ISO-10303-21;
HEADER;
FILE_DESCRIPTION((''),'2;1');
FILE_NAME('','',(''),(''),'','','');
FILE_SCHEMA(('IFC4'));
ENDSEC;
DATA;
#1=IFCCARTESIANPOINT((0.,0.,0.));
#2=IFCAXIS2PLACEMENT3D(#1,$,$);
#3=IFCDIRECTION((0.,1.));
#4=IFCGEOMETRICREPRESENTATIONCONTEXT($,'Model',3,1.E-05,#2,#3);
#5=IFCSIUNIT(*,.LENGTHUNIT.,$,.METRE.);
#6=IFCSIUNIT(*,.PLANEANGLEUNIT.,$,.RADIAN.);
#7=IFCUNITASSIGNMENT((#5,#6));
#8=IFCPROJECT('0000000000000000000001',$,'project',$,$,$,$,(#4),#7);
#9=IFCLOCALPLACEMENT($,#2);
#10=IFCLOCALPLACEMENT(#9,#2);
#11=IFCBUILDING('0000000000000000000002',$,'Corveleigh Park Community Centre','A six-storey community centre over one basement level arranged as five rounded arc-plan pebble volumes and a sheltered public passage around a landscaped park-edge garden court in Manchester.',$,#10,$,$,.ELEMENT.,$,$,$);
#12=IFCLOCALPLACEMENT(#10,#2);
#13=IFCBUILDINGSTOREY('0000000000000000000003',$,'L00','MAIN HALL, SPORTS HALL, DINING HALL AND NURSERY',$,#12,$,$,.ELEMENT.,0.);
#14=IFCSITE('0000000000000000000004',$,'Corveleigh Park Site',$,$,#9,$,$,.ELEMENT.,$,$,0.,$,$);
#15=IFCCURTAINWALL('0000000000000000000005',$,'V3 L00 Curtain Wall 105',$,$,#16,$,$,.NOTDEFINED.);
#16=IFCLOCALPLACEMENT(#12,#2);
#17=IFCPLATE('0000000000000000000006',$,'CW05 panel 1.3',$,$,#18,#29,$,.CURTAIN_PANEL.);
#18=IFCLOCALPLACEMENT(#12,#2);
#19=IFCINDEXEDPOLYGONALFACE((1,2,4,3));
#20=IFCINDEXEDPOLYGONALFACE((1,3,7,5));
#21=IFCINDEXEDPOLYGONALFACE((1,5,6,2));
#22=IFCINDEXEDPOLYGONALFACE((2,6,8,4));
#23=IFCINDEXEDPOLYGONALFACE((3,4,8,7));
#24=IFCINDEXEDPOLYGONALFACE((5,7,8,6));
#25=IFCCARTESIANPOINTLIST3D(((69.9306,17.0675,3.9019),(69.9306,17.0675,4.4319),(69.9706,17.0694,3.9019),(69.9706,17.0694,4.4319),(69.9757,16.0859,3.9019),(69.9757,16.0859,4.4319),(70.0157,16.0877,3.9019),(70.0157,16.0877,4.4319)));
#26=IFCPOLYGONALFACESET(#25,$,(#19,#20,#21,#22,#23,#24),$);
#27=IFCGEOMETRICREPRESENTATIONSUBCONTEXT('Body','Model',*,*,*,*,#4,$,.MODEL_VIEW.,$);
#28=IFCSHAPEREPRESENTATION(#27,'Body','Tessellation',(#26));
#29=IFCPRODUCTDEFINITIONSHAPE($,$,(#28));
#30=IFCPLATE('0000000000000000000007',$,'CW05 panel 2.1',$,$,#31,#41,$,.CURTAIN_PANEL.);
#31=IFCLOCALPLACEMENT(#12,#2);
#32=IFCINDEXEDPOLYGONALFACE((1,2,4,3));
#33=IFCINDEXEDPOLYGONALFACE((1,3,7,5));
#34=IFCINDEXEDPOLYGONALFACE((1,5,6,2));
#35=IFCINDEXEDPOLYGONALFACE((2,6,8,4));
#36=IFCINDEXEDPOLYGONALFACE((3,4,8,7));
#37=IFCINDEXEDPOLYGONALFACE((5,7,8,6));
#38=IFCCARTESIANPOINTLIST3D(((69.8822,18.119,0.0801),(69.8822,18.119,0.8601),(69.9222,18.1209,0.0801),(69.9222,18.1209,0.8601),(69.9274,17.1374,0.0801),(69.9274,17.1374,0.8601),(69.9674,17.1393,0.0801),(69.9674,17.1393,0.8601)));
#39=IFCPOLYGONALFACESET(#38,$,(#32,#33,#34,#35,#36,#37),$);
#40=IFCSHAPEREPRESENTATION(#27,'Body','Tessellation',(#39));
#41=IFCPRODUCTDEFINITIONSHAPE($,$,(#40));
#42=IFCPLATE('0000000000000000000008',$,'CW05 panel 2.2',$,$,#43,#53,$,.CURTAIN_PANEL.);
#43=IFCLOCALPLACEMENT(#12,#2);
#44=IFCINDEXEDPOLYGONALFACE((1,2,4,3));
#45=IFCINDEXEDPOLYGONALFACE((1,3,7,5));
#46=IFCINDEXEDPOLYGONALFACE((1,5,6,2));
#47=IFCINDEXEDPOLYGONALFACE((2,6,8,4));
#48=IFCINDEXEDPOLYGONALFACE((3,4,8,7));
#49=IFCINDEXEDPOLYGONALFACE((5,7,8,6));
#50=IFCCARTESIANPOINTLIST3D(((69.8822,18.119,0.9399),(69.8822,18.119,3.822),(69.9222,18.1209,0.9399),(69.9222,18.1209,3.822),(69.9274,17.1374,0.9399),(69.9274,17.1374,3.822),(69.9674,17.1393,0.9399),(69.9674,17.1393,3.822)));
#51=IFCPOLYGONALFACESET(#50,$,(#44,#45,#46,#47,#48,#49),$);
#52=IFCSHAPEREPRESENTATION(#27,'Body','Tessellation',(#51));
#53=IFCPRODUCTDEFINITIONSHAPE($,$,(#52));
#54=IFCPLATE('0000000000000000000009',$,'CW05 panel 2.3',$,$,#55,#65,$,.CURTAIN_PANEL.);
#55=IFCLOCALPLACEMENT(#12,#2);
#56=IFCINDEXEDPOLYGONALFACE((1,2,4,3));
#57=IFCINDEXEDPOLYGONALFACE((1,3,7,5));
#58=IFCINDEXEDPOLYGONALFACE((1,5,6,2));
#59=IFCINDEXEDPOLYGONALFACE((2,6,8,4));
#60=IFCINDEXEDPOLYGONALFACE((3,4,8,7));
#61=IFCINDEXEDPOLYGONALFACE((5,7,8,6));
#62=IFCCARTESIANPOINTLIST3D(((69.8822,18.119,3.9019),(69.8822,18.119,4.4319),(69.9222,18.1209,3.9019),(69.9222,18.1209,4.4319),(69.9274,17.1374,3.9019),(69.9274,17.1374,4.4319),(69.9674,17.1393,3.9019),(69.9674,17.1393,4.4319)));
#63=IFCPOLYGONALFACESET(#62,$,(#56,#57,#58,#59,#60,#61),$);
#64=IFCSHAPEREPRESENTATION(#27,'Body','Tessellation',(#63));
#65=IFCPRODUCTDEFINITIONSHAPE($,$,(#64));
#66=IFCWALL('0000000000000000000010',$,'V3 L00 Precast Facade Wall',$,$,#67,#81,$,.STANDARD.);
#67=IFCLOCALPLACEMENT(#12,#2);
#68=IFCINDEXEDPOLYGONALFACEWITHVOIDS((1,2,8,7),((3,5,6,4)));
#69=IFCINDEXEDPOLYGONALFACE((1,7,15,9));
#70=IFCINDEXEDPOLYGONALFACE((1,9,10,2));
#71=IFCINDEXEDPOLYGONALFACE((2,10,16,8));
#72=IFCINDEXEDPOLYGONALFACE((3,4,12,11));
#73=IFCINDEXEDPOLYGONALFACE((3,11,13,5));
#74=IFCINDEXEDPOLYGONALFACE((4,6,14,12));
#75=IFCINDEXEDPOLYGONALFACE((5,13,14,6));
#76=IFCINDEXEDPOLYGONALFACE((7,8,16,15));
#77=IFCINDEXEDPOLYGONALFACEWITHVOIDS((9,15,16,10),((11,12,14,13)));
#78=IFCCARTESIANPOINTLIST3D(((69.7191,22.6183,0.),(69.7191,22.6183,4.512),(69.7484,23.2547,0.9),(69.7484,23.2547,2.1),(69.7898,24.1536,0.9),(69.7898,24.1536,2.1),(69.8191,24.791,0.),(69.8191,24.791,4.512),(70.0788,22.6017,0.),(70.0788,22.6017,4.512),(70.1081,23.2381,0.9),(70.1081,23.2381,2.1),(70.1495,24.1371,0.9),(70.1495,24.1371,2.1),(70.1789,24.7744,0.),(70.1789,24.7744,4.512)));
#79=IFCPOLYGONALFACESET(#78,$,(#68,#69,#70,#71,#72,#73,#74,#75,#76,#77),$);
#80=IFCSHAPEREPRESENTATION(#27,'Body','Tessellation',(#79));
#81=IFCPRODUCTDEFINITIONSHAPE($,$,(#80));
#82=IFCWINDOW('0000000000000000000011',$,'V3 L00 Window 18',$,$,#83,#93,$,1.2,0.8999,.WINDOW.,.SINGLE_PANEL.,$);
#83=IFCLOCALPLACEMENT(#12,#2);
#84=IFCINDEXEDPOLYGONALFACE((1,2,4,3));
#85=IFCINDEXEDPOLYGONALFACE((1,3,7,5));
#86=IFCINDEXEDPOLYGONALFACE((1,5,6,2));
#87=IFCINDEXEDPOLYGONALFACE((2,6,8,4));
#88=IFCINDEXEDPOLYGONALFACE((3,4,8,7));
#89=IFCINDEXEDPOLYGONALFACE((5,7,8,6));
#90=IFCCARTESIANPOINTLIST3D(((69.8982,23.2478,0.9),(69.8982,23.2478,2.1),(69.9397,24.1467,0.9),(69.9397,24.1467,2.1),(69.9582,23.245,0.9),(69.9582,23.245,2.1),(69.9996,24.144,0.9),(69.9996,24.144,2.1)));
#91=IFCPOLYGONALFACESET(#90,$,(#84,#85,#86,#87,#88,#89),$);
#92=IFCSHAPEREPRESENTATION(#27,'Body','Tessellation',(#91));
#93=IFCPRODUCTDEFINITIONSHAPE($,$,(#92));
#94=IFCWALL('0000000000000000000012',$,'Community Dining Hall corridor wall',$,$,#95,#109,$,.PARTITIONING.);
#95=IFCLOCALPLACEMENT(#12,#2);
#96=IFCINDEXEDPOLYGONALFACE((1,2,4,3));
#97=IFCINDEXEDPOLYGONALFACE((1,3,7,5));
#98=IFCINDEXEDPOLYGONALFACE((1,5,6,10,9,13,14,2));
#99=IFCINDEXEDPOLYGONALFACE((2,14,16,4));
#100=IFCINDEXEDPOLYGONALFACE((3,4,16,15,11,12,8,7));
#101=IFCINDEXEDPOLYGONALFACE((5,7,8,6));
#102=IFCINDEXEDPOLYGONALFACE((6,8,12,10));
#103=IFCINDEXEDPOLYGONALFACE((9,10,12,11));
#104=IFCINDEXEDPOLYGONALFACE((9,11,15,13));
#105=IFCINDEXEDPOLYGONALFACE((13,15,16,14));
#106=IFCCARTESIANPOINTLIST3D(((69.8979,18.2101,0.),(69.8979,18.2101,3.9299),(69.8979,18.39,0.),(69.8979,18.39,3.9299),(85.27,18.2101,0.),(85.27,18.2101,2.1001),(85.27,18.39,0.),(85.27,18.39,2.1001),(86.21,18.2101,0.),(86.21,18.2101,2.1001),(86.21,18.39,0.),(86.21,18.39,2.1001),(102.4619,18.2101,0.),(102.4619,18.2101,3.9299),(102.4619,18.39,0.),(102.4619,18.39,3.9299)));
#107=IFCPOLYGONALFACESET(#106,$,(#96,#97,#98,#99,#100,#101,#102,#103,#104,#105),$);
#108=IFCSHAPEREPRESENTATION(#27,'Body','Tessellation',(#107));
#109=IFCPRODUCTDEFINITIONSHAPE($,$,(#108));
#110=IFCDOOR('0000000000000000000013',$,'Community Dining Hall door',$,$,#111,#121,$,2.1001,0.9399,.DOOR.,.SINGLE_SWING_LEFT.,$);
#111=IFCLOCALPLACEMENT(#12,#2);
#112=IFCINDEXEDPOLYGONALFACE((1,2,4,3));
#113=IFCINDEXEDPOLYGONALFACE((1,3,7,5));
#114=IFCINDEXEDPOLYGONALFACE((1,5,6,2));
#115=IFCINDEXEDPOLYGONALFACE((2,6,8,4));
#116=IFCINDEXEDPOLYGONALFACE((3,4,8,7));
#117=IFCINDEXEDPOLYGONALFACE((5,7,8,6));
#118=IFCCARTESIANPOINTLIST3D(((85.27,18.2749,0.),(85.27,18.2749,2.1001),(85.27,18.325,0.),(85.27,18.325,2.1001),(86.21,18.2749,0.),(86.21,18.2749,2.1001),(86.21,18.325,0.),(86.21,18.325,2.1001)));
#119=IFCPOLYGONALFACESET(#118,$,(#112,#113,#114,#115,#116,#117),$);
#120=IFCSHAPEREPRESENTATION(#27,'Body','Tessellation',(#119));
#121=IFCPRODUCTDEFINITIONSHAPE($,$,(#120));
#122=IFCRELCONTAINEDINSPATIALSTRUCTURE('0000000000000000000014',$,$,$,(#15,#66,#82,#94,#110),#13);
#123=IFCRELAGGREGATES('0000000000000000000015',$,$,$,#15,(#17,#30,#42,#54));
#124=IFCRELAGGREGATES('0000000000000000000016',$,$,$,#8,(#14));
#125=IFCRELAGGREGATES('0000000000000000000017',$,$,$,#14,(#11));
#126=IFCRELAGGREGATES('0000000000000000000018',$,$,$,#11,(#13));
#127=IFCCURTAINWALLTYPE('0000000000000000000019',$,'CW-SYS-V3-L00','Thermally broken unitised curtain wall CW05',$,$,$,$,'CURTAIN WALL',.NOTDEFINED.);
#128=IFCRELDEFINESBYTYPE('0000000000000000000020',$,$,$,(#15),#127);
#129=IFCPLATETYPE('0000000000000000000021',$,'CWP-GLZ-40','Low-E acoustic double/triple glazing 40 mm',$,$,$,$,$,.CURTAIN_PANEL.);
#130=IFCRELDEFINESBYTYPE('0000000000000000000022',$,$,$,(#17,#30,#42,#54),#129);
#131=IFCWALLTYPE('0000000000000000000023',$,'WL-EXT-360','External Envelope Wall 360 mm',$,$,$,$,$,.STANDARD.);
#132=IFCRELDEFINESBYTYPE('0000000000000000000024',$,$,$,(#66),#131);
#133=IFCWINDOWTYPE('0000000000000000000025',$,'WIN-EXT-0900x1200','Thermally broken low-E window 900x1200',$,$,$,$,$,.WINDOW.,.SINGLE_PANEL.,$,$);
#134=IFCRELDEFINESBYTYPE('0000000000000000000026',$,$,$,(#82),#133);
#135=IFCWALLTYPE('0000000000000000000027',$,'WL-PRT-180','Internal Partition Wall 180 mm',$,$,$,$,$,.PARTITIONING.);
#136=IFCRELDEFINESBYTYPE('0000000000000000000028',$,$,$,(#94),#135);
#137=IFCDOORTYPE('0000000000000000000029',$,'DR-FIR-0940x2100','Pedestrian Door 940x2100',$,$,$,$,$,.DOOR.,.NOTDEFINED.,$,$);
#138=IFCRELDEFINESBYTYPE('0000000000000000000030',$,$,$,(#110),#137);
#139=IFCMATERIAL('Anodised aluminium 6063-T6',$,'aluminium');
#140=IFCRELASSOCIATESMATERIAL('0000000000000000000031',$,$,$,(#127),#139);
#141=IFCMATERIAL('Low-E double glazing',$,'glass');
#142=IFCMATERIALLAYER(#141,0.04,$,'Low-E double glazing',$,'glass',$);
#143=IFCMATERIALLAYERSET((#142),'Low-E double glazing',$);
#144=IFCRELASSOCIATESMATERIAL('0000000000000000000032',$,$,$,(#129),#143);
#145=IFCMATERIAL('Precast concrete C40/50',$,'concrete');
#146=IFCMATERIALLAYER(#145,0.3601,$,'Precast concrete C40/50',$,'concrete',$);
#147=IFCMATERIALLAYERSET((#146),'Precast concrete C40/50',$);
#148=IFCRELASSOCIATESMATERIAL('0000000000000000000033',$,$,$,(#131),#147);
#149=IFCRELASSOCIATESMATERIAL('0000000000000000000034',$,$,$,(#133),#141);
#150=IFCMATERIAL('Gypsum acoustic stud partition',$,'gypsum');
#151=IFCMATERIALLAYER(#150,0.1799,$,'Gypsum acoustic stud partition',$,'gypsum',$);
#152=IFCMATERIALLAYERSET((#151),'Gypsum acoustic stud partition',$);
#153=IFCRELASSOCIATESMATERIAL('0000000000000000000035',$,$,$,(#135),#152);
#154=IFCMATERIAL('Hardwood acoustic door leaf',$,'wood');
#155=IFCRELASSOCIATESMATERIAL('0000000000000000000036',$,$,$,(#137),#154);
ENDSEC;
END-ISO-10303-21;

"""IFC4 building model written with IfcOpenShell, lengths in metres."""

from ifc_helpers import new_model, si_unit, direction, frame, frame_2d, origin, origin_2d, place, context, subcontext, project, spatial, rectangle, extrude, material, layer, layer_set, type_object, element, fill, aggregate, save


model = new_model("IFC4")

# Units and contexts
model_context = context("Model", 3, precision=1e-05, world=origin(), true_north=direction((0.0, 1.0)))
body_context = subcontext(model_context, "Body", "Model", "MODEL_VIEW")
ifc_project = project(units=[si_unit("LENGTHUNIT", "METRE"), si_unit("PLANEANGLEUNIT", "RADIAN")], contexts=[model_context])

# Site, building, storey
site_placement = place(None, origin())
site = spatial("IfcSite", under=ifc_project, at=site_placement, Name="Corveleigh Park Site", CompositionType="ELEMENT", RefElevation=0.0)
building_placement = place(site_placement, origin())
building = spatial("IfcBuilding", under=site, at=building_placement, Name="Corveleigh Park Community Centre", Description="A six-storey community centre over one basement level arranged as five rounded arc-plan pebble volumes and a sheltered public passage around a landscaped park-edge garden court in Manchester.", CompositionType="ELEMENT")
storey_placement = place(building_placement, origin())
storey = spatial("IfcBuildingStorey", under=building, at=storey_placement, Name="L00", Description="MAIN HALL, SPORTS HALL, DINING HALL AND NURSERY", CompositionType="ELEMENT", Elevation=0.0)

# Shared definitions
ifc_material_1 = material(Name="Anodised aluminium 6063-T6", Category="aluminium")
curtain_wall_type = type_object("IfcCurtainWallType", Name="CW-SYS-V3-L00", Description="Thermally broken unitised curtain wall CW05", ElementType="CURTAIN WALL", PredefinedType="NOTDEFINED", material=ifc_material_1)

# Curtain wall
curtain_wall_1_placement = place(storey_placement, origin())
curtain_wall_1 = element("IfcCurtainWall", 1, at=curtain_wall_1_placement, inside=storey, type_object=curtain_wall_type, Name="V3 L00 Curtain Wall 105", PredefinedType="NOTDEFINED")

# Plates
ifc_material_2 = material(Name="Low-E double glazing", Category="glass")
ifc_layer_1 = layer(ifc_material_2, 0.04, Name="Low-E double glazing", Category="glass")
ifc_layer_set_1 = layer_set([ifc_layer_1], Name="Low-E double glazing")
plate_type_1 = type_object("IfcPlateType", Name="CWP-GLZ-40", Description="Low-E acoustic double/triple glazing 40 mm", PredefinedType="CURTAIN_PANEL", material=ifc_layer_set_1)
plate_1_placement = place(storey_placement, frame((69.9731, 16.5776, 3.9019), z_axis=(0.0, 0.0, 1.0), x_axis=(-0.045971, 0.998943, 0.0)))
plate_1 = element("IfcPlate", 2, at=plate_1_placement, type_object=plate_type_1, Name="CW05 panel 1.3", PredefinedType="CURTAIN_PANEL", context=body_context, shape_type="SweptSolid", body=[
    extrude(rectangle(XDim=0.9827, YDim=0.04, at=origin_2d()), origin(), (0.0, 0.0, 1.0), 0.53),
])
plate_2_placement = place(storey_placement, frame((69.9248, 17.6292, 0.0801), z_axis=(0.0, 0.0, 1.0), x_axis=(-0.045971, 0.998943, 0.0)))
plate_2 = element("IfcPlate", 3, at=plate_2_placement, type_object=plate_type_1, Name="CW05 panel 2.1", PredefinedType="CURTAIN_PANEL", context=body_context, shape_type="SweptSolid", body=[
    extrude(rectangle(XDim=0.9827, YDim=0.04, at=origin_2d()), origin(), (0.0, 0.0, 1.0), 0.78),
])
plate_3_placement = place(storey_placement, frame((69.9248, 17.6292, 0.9399), z_axis=(0.0, 0.0, 1.0), x_axis=(-0.045971, 0.998943, 0.0)))
plate_3 = element("IfcPlate", 4, at=plate_3_placement, type_object=plate_type_1, Name="CW05 panel 2.2", PredefinedType="CURTAIN_PANEL", context=body_context, shape_type="SweptSolid", body=[
    extrude(rectangle(XDim=0.9827, YDim=0.04, at=origin_2d()), origin(), (0.0, 0.0, 1.0), 2.8821),
])
plate_4_placement = place(storey_placement, frame((69.9248, 17.6292, 3.9019), z_axis=(0.0, 0.0, 1.0), x_axis=(-0.045971, 0.998943, 0.0)))
plate_4 = element("IfcPlate", 5, at=plate_4_placement, type_object=plate_type_1, Name="CW05 panel 2.3", PredefinedType="CURTAIN_PANEL", context=body_context, shape_type="SweptSolid", body=[
    extrude(rectangle(XDim=0.9827, YDim=0.04, at=origin_2d()), origin(), (0.0, 0.0, 1.0), 0.53),
])
aggregate(curtain_wall_1, [plate_1, plate_2, plate_3, plate_4])

# Wall, opening, window
ifc_material_3 = material(Name="Precast concrete C40/50", Category="concrete")
ifc_layer_2 = layer(ifc_material_3, 0.3601, Name="Precast concrete C40/50", Category="concrete")
ifc_layer_set_2 = layer_set([ifc_layer_2], Name="Precast concrete C40/50")
wall_type_1 = type_object("IfcWallType", Name="WL-EXT-360", Description="External Envelope Wall 360 mm", PredefinedType="STANDARD", material=ifc_layer_set_2)
wall_1_placement = place(storey_placement, frame((69.8989, 22.6101, 0.0), z_axis=(0.0, 0.0, 1.0), x_axis=(0.046019, 0.998941, 0.0)))
wall_1 = element("IfcWall", 6, at=wall_1_placement, inside=storey, type_object=wall_type_1, Name="V3 L00 Precast Facade Wall", PredefinedType="STANDARD", context=body_context, shape_type="SweptSolid", body=[
    extrude(rectangle(XDim=2.175, YDim=0.3601, at=frame_2d((1.0874, 0.0))), origin(), (0.0, 0.0, 1.0), 4.512),
])
opening_1_placement = place(wall_1_placement, frame((0.637, 0.0, 0.8999)))
opening_1 = element("IfcOpeningElement", 7, at=opening_1_placement, cuts=wall_1, PredefinedType="OPENING", context=body_context, shape_type="SweptSolid", body=[
    extrude(rectangle(XDim=0.8999, YDim=1.2, at=frame_2d((0.45, 0.6001))), frame((0.0, 0.1899, 0.0), z_axis=(0.0, -1.0, 0.0), x_axis=(1.0, 0.0, 0.0)), (0.0, 0.0, 1.0), 0.3801),
])
window_type = type_object("IfcWindowType", Name="WIN-EXT-0900x1200", Description="Thermally broken low-E window 900x1200", PartitioningType="SINGLE_PANEL", PredefinedType="WINDOW", material=ifc_material_2)
window_placement = place(opening_1_placement, origin())
window = element("IfcWindow", 8, at=window_placement, inside=storey, type_object=window_type, Name="V3 L00 Window 18", OverallHeight=1.2, OverallWidth=0.8999, PartitioningType="SINGLE_PANEL", PredefinedType="WINDOW", context=body_context, shape_type="SweptSolid", body=[
    extrude(rectangle(XDim=0.8999, YDim=1.2, at=frame_2d((0.45, 0.6001))), frame((0.0, 0.03, 0.0), z_axis=(0.0, -1.0, 0.0), x_axis=(1.0, 0.0, 0.0)), (0.0, 0.0, 1.0), 0.0601),
])
fill(opening_1, window)

# Wall, opening, door
ifc_material_4 = material(Name="Gypsum acoustic stud partition", Category="gypsum")
ifc_layer_3 = layer(ifc_material_4, 0.1799, Name="Gypsum acoustic stud partition", Category="gypsum")
ifc_layer_set_3 = layer_set([ifc_layer_3], Name="Gypsum acoustic stud partition")
wall_type_2 = type_object("IfcWallType", Name="WL-PRT-180", Description="Internal Partition Wall 180 mm", PredefinedType="PARTITIONING", material=ifc_layer_set_3)
wall_2_placement = place(storey_placement, frame((69.8979, 18.3, 0.0), z_axis=(0.0, 0.0, 1.0), x_axis=(1.0, 0.0, 0.0)))
wall_2 = element("IfcWall", 9, at=wall_2_placement, inside=storey, type_object=wall_type_2, Name="Community Dining Hall corridor wall", PredefinedType="PARTITIONING", context=body_context, shape_type="SweptSolid", body=[
    extrude(rectangle(XDim=32.564, YDim=0.1799, at=frame_2d((16.282, 0.0))), origin(), (0.0, 0.0, 1.0), 3.9299),
])
opening_2_placement = place(wall_2_placement, frame((15.3721, 0.0, 0.0)))
opening_2 = element("IfcOpeningElement", 10, at=opening_2_placement, cuts=wall_2, PredefinedType="OPENING", context=body_context, shape_type="SweptSolid", body=[
    extrude(rectangle(XDim=0.9399, YDim=2.1001, at=frame_2d((0.47, 1.05))), frame((0.0, 0.0999, 0.0), z_axis=(0.0, -1.0, 0.0), x_axis=(1.0, 0.0, 0.0)), (0.0, 0.0, 1.0), 0.2),
])
ifc_material_5 = material(Name="Hardwood acoustic door leaf", Category="wood")
door_type = type_object("IfcDoorType", Name="DR-FIR-0940x2100", Description="Pedestrian Door 940x2100", OperationType="NOTDEFINED", PredefinedType="DOOR", material=ifc_material_5)
door_placement = place(opening_2_placement, origin())
door = element("IfcDoor", 11, at=door_placement, inside=storey, type_object=door_type, Name="Community Dining Hall door", OperationType="SINGLE_SWING_LEFT", OverallHeight=2.1001, OverallWidth=0.9399, PredefinedType="DOOR", context=body_context, shape_type="SweptSolid", body=[
    extrude(rectangle(XDim=0.9399, YDim=2.1001, at=frame_2d((0.47, 1.05))), frame((0.0, 0.0249, 0.0), z_axis=(0.0, -1.0, 0.0), x_axis=(1.0, 0.0, 0.0)), (0.0, 0.0, 1.0), 0.05),
])
fill(opening_2, door)

save(model, "model.ifc")
